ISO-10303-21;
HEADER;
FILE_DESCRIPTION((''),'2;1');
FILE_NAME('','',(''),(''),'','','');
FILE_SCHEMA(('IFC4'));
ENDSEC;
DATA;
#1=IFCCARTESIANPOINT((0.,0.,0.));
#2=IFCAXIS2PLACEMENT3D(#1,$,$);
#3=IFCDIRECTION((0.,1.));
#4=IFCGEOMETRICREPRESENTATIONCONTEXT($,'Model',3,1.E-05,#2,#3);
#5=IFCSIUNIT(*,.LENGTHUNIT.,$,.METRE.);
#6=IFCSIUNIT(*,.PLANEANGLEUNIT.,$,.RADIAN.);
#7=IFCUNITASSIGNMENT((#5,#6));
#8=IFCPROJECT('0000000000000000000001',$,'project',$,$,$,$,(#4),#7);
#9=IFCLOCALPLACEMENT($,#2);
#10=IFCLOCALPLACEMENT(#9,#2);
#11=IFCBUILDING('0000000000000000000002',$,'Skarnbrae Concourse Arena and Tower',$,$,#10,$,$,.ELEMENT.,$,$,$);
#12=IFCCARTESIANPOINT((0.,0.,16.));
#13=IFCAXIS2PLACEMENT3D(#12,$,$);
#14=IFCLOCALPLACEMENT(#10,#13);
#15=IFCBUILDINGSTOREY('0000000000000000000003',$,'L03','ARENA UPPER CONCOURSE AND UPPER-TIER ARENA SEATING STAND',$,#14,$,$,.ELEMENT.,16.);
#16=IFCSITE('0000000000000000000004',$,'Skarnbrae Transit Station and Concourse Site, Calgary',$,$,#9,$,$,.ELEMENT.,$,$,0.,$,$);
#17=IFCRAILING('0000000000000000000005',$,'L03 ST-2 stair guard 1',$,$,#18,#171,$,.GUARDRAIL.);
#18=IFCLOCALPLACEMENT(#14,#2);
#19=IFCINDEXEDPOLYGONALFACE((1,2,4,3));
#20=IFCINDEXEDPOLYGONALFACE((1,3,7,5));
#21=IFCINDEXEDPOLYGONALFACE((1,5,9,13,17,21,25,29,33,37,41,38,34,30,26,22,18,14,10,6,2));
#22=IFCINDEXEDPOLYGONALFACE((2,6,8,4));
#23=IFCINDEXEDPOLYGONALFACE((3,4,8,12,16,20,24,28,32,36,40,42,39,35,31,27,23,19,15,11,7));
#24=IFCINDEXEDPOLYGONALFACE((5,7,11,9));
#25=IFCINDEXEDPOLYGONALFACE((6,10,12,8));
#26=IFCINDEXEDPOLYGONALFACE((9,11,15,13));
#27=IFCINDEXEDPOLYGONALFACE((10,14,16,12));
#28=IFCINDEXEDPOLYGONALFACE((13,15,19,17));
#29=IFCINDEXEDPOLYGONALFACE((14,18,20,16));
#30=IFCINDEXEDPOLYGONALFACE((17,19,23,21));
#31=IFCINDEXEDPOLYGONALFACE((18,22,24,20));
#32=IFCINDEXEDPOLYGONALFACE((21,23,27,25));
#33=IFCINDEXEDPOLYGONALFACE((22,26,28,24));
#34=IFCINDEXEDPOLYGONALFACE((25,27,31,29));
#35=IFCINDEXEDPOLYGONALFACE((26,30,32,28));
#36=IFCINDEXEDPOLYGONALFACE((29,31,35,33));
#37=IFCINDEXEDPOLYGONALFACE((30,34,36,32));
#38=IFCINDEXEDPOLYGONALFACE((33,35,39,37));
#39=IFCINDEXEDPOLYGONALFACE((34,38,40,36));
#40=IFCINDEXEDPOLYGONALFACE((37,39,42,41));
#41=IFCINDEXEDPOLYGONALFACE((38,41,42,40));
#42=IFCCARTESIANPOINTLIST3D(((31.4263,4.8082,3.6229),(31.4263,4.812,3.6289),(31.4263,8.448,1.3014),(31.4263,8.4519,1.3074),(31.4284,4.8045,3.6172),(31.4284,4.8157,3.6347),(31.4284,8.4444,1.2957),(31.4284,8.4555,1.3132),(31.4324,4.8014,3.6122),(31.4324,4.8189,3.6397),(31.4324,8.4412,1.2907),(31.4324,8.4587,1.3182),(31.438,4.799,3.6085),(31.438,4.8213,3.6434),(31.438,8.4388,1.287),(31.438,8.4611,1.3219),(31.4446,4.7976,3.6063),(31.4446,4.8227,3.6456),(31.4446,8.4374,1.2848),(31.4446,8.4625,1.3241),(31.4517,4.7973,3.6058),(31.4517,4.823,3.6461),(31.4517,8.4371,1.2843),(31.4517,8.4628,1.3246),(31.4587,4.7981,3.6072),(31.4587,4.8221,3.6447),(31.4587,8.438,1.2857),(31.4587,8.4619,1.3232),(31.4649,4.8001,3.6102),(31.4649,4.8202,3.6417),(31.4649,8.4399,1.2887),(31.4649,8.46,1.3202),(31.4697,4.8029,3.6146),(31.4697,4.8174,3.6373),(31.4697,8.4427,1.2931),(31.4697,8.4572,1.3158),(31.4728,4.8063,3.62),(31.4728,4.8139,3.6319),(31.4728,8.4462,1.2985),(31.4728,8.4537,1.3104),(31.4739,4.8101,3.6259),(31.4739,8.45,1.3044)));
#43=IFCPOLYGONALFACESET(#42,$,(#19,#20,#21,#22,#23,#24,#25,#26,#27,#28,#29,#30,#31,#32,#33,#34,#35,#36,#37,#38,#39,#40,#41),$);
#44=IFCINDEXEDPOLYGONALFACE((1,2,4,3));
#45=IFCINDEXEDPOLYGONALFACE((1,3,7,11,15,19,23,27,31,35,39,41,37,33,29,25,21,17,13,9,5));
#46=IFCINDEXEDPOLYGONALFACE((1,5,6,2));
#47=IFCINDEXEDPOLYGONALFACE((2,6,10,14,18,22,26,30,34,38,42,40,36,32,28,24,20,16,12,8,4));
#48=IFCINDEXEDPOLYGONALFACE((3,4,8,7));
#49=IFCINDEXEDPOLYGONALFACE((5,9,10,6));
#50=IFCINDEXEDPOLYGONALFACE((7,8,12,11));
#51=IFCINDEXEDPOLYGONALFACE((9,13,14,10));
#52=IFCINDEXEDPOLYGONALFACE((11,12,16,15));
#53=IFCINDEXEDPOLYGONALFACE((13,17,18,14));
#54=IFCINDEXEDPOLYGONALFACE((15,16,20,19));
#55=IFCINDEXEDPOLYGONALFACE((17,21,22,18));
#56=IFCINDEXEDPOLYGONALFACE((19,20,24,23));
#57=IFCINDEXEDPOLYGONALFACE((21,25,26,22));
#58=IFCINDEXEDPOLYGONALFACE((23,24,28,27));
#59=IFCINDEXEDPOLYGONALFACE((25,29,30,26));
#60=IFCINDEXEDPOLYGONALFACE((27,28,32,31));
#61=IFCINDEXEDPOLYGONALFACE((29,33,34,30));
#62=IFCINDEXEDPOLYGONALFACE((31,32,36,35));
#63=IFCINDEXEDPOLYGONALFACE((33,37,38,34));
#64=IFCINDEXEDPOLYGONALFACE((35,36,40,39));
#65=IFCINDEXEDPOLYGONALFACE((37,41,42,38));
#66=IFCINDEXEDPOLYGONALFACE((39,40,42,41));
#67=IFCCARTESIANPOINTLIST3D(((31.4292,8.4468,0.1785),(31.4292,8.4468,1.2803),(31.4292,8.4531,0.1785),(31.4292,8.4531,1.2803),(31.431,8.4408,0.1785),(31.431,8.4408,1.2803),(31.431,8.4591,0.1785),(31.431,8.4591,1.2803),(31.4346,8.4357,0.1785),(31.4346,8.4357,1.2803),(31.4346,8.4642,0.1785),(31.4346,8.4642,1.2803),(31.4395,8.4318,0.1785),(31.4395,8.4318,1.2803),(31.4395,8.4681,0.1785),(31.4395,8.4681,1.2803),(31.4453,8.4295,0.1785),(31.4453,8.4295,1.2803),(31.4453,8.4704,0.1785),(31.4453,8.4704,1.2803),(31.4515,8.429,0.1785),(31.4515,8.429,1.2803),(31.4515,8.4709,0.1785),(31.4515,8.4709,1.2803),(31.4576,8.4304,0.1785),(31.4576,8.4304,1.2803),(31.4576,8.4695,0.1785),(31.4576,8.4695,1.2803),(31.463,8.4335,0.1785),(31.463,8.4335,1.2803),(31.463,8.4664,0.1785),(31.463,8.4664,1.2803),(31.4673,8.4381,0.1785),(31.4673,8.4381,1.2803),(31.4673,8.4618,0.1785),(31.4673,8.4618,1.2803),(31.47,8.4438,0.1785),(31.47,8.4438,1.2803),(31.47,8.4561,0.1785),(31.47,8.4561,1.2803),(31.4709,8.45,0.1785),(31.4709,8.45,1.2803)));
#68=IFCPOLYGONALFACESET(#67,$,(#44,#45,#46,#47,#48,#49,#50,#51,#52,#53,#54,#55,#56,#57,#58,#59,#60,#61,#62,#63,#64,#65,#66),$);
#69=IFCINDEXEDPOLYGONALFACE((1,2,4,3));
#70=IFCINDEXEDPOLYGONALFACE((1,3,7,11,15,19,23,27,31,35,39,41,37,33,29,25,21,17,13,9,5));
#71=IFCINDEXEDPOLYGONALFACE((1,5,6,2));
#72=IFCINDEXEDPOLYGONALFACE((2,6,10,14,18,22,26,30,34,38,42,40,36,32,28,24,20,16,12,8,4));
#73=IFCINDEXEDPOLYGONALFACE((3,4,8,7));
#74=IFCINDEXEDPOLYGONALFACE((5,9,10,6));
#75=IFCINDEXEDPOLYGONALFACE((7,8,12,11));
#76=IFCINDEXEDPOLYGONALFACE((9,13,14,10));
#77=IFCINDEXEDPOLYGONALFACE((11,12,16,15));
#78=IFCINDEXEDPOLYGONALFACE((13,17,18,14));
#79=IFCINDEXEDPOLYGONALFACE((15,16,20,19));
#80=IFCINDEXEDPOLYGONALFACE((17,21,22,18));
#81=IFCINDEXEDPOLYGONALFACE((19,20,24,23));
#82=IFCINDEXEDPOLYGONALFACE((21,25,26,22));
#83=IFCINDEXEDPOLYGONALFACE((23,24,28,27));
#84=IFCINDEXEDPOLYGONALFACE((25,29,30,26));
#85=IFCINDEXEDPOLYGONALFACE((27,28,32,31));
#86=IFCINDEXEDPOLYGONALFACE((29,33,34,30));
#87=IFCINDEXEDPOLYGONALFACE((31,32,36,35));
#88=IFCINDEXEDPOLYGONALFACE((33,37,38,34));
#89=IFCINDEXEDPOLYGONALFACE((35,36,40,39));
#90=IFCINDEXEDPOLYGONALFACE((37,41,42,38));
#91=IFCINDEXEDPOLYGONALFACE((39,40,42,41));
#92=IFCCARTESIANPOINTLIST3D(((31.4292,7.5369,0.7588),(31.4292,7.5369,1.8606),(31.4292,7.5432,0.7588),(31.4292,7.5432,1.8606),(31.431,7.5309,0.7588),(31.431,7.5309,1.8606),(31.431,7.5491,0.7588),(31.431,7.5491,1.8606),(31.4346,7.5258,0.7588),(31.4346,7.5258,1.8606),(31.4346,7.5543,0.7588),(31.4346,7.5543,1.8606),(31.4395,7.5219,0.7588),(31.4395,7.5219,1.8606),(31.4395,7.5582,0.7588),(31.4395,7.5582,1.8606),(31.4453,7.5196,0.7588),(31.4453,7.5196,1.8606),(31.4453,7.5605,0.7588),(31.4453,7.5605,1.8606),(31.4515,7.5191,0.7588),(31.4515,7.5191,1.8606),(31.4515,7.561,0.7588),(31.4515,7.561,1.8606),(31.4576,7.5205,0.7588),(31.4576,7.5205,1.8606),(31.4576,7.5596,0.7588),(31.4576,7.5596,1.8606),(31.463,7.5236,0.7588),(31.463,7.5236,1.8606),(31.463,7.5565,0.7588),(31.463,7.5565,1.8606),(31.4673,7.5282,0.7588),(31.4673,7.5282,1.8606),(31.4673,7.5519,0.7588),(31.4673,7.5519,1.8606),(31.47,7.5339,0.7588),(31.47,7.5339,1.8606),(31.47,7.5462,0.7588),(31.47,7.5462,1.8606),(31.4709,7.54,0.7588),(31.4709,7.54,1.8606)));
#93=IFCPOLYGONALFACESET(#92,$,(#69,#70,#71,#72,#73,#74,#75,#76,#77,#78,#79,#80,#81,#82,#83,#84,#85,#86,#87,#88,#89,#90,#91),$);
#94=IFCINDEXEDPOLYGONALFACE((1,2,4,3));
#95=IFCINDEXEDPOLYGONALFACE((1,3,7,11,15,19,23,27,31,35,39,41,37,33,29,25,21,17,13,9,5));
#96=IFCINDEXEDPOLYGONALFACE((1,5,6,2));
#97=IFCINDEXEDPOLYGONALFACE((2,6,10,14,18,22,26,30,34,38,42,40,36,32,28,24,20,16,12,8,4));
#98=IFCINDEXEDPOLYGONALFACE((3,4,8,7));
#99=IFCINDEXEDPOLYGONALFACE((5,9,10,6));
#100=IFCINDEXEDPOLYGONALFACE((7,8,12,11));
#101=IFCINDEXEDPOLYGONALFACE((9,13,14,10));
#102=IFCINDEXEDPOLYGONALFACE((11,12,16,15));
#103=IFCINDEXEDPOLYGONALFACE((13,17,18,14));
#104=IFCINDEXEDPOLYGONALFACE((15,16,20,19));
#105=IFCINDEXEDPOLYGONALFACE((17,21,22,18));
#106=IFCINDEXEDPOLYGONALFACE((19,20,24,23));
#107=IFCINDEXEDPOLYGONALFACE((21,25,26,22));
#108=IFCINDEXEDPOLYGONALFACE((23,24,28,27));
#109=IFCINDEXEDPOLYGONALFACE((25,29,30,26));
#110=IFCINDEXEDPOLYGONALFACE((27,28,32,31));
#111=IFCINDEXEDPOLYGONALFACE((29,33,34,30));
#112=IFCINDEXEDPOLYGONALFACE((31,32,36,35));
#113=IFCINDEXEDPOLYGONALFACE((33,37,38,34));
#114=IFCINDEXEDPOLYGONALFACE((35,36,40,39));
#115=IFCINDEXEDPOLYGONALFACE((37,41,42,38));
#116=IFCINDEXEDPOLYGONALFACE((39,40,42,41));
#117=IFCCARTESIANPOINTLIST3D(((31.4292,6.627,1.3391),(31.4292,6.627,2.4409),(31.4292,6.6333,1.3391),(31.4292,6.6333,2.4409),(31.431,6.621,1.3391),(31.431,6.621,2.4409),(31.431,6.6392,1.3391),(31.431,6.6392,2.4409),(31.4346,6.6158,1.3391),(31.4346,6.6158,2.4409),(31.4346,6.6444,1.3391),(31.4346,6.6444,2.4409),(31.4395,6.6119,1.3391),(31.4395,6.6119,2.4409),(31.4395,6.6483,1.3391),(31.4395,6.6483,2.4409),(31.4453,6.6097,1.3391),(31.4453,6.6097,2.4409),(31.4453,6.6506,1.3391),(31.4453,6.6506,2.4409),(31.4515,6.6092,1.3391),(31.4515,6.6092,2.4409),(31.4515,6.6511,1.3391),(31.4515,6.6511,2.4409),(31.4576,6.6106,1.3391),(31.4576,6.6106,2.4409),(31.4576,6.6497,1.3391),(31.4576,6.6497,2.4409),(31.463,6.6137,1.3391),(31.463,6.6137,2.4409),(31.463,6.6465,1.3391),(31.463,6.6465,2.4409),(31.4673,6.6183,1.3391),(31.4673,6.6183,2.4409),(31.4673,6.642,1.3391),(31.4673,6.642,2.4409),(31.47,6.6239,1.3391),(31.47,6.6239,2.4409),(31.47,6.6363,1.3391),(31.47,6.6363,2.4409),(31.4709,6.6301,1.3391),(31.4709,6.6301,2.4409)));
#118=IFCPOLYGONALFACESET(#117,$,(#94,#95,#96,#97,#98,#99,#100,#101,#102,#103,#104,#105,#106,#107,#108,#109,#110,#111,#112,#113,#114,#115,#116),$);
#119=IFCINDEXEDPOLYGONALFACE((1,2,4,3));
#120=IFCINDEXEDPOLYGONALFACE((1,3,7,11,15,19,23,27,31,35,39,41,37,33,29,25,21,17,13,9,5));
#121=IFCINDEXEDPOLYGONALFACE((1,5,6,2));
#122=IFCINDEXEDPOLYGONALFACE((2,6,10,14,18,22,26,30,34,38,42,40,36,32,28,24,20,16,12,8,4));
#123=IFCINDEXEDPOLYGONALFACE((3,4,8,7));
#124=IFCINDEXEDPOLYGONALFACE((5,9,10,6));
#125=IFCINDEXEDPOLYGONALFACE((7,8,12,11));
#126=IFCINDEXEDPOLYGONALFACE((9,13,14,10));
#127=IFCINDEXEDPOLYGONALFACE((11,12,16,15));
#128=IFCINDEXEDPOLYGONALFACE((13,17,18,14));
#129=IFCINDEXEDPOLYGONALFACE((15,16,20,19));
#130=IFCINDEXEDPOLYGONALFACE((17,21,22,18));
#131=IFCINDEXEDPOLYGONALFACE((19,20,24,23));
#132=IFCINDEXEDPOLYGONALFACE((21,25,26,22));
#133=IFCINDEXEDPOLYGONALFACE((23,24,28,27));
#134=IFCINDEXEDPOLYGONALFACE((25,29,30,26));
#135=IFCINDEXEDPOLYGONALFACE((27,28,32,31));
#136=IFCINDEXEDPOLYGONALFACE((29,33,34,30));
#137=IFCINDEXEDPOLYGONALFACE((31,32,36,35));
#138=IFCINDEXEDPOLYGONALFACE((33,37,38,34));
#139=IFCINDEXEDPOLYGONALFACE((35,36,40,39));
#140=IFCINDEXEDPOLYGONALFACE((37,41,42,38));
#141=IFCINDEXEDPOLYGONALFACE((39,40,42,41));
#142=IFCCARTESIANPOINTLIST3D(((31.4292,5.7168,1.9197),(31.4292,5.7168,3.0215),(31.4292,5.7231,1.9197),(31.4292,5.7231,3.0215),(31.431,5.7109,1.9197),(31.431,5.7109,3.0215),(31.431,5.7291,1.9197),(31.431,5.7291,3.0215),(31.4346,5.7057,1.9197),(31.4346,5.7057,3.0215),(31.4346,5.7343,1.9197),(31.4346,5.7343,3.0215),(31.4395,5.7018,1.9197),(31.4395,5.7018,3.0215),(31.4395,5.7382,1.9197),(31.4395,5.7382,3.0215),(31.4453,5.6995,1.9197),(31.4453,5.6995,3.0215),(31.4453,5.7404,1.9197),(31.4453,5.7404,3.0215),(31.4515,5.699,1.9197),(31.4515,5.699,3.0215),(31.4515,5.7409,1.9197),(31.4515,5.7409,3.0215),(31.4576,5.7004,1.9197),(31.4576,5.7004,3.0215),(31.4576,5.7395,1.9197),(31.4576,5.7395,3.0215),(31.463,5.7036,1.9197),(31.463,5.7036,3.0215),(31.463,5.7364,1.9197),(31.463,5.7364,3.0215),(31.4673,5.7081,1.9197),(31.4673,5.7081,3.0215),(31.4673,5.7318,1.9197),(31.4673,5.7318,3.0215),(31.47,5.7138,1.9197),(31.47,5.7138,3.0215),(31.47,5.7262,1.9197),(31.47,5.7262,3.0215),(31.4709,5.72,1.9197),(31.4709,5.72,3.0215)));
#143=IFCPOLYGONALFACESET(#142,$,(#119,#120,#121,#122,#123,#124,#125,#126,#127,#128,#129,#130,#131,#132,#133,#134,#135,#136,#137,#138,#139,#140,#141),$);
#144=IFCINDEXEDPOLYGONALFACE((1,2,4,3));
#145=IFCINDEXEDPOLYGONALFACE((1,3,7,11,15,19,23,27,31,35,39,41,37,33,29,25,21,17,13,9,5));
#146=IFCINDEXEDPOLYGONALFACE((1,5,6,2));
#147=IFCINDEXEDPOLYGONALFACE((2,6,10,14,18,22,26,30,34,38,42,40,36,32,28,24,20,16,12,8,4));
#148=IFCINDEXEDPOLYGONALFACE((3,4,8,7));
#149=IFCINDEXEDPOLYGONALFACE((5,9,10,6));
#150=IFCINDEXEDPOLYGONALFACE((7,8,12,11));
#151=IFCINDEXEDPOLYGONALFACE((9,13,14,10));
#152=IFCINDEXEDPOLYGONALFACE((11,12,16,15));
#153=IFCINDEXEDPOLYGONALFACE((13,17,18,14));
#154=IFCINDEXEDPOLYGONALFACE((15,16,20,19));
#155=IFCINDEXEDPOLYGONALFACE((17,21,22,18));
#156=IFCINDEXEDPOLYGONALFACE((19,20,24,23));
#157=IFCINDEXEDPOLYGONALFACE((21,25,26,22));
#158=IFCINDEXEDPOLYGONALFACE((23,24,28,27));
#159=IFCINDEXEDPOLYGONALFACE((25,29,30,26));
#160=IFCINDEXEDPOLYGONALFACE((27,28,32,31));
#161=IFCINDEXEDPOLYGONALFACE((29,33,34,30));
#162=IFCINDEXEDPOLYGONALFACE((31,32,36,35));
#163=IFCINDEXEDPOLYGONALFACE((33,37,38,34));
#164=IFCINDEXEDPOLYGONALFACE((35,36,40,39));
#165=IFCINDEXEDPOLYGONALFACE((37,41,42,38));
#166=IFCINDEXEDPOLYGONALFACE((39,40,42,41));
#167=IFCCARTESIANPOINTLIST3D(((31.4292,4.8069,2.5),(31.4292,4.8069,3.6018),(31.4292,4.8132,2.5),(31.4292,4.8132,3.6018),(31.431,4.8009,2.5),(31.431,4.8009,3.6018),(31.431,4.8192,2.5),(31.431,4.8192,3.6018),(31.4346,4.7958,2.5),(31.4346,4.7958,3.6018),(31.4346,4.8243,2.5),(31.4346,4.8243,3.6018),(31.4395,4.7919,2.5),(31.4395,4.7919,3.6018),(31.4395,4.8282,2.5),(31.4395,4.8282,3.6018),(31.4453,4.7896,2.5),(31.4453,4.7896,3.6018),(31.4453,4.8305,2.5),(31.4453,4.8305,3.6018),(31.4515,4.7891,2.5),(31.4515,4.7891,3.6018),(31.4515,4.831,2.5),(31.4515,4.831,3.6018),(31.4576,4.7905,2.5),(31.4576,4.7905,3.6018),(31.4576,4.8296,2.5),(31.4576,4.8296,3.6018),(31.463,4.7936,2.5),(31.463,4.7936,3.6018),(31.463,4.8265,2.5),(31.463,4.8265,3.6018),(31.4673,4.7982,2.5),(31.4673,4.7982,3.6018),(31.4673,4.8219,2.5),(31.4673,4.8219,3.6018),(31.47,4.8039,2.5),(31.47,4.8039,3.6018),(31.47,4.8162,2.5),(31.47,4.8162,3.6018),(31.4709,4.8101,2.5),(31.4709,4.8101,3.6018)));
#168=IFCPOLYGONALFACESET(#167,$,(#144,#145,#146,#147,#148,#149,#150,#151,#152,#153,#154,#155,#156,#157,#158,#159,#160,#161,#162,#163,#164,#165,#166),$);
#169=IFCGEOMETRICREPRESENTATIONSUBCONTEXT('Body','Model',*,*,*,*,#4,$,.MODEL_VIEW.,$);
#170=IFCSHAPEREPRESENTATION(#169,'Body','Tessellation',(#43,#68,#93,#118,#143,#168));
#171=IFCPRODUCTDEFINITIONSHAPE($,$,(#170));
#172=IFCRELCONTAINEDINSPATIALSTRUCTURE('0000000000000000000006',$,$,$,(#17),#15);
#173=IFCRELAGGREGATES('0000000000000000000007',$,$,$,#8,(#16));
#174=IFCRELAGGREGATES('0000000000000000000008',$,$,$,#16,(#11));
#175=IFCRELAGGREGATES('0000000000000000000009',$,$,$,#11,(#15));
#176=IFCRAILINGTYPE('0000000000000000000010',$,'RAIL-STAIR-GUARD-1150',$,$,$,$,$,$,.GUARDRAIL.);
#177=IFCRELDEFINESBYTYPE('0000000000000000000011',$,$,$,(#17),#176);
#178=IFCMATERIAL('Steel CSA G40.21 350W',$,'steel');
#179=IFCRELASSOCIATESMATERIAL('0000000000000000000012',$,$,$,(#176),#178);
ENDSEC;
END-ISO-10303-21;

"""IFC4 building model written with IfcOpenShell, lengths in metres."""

from ifc_helpers import new_model, si_unit, direction, frame, origin, origin_2d, place, context, subcontext, project, spatial, circle, extrude, material, type_object, element, save


model = new_model("IFC4")

# Units and contexts
model_context = context("Model", 3, precision=1e-05, world=origin(), true_north=direction((0.0, 1.0)))
body_context = subcontext(model_context, "Body", "Model", "MODEL_VIEW")
ifc_project = project(units=[si_unit("LENGTHUNIT", "METRE"), si_unit("PLANEANGLEUNIT", "RADIAN")], contexts=[model_context])

# Site, building, storey
site_placement = place(None, origin())
site = spatial("IfcSite", under=ifc_project, at=site_placement, Name="Skarnbrae Transit Station and Concourse Site, Calgary", CompositionType="ELEMENT", RefElevation=0.0)
building_placement = place(site_placement, origin())
building = spatial("IfcBuilding", under=site, at=building_placement, Name="Skarnbrae Concourse Arena and Tower", CompositionType="ELEMENT")
storey_placement = place(building_placement, frame((0.0, 0.0, 16.0)))
storey = spatial("IfcBuildingStorey", under=building, at=storey_placement, Name="L03", Description="ARENA UPPER CONCOURSE AND UPPER-TIER ARENA SEATING STAND", CompositionType="ELEMENT", Elevation=16.0)

# Shared definitions
ifc_material_1 = material(Name="Steel CSA G40.21 350W", Category="steel")

# Railing
railing_type_1 = type_object("IfcRailingType", Name="RAIL-STAIR-GUARD-1150", PredefinedType="GUARDRAIL", material=ifc_material_1)
railing_1_placement = place(storey_placement, frame((31.45, 8.45, 0.1785)))
element("IfcRailing", 1, at=railing_1_placement, inside=storey, type_object=railing_type_1, Name="L03 ST-2 stair guard 1", PredefinedType="GUARDRAIL", context=body_context, shape_type="SweptSolid", body=[
    extrude(circle(Radius=0.0239, at=origin_2d()), frame((0.0, 0.0, 1.126), z_axis=(0.0, -0.843112, 0.537739), x_axis=(1.0, 0.0, 0.0)), (0.0, 0.0, 1.0), 4.3171),
    extrude(circle(Radius=0.021, at=origin_2d()), origin(), (0.0, 0.0, 1.0), 1.1018),
    extrude(circle(Radius=0.021, at=origin_2d()), frame((0.0, -0.9099, 0.5803)), (0.0, 0.0, 1.0), 1.1018),
    extrude(circle(Radius=0.021, at=origin_2d()), frame((0.0, -1.8198, 1.1606)), (0.0, 0.0, 1.0), 1.1018),
    extrude(circle(Radius=0.021, at=origin_2d()), frame((0.0, -2.73, 1.7412)), (0.0, 0.0, 1.0), 1.1018),
    extrude(circle(Radius=0.021, at=origin_2d()), frame((0.0, -3.6399, 2.3215)), (0.0, 0.0, 1.0), 1.1018),
])

save(model, "model.ifc")
